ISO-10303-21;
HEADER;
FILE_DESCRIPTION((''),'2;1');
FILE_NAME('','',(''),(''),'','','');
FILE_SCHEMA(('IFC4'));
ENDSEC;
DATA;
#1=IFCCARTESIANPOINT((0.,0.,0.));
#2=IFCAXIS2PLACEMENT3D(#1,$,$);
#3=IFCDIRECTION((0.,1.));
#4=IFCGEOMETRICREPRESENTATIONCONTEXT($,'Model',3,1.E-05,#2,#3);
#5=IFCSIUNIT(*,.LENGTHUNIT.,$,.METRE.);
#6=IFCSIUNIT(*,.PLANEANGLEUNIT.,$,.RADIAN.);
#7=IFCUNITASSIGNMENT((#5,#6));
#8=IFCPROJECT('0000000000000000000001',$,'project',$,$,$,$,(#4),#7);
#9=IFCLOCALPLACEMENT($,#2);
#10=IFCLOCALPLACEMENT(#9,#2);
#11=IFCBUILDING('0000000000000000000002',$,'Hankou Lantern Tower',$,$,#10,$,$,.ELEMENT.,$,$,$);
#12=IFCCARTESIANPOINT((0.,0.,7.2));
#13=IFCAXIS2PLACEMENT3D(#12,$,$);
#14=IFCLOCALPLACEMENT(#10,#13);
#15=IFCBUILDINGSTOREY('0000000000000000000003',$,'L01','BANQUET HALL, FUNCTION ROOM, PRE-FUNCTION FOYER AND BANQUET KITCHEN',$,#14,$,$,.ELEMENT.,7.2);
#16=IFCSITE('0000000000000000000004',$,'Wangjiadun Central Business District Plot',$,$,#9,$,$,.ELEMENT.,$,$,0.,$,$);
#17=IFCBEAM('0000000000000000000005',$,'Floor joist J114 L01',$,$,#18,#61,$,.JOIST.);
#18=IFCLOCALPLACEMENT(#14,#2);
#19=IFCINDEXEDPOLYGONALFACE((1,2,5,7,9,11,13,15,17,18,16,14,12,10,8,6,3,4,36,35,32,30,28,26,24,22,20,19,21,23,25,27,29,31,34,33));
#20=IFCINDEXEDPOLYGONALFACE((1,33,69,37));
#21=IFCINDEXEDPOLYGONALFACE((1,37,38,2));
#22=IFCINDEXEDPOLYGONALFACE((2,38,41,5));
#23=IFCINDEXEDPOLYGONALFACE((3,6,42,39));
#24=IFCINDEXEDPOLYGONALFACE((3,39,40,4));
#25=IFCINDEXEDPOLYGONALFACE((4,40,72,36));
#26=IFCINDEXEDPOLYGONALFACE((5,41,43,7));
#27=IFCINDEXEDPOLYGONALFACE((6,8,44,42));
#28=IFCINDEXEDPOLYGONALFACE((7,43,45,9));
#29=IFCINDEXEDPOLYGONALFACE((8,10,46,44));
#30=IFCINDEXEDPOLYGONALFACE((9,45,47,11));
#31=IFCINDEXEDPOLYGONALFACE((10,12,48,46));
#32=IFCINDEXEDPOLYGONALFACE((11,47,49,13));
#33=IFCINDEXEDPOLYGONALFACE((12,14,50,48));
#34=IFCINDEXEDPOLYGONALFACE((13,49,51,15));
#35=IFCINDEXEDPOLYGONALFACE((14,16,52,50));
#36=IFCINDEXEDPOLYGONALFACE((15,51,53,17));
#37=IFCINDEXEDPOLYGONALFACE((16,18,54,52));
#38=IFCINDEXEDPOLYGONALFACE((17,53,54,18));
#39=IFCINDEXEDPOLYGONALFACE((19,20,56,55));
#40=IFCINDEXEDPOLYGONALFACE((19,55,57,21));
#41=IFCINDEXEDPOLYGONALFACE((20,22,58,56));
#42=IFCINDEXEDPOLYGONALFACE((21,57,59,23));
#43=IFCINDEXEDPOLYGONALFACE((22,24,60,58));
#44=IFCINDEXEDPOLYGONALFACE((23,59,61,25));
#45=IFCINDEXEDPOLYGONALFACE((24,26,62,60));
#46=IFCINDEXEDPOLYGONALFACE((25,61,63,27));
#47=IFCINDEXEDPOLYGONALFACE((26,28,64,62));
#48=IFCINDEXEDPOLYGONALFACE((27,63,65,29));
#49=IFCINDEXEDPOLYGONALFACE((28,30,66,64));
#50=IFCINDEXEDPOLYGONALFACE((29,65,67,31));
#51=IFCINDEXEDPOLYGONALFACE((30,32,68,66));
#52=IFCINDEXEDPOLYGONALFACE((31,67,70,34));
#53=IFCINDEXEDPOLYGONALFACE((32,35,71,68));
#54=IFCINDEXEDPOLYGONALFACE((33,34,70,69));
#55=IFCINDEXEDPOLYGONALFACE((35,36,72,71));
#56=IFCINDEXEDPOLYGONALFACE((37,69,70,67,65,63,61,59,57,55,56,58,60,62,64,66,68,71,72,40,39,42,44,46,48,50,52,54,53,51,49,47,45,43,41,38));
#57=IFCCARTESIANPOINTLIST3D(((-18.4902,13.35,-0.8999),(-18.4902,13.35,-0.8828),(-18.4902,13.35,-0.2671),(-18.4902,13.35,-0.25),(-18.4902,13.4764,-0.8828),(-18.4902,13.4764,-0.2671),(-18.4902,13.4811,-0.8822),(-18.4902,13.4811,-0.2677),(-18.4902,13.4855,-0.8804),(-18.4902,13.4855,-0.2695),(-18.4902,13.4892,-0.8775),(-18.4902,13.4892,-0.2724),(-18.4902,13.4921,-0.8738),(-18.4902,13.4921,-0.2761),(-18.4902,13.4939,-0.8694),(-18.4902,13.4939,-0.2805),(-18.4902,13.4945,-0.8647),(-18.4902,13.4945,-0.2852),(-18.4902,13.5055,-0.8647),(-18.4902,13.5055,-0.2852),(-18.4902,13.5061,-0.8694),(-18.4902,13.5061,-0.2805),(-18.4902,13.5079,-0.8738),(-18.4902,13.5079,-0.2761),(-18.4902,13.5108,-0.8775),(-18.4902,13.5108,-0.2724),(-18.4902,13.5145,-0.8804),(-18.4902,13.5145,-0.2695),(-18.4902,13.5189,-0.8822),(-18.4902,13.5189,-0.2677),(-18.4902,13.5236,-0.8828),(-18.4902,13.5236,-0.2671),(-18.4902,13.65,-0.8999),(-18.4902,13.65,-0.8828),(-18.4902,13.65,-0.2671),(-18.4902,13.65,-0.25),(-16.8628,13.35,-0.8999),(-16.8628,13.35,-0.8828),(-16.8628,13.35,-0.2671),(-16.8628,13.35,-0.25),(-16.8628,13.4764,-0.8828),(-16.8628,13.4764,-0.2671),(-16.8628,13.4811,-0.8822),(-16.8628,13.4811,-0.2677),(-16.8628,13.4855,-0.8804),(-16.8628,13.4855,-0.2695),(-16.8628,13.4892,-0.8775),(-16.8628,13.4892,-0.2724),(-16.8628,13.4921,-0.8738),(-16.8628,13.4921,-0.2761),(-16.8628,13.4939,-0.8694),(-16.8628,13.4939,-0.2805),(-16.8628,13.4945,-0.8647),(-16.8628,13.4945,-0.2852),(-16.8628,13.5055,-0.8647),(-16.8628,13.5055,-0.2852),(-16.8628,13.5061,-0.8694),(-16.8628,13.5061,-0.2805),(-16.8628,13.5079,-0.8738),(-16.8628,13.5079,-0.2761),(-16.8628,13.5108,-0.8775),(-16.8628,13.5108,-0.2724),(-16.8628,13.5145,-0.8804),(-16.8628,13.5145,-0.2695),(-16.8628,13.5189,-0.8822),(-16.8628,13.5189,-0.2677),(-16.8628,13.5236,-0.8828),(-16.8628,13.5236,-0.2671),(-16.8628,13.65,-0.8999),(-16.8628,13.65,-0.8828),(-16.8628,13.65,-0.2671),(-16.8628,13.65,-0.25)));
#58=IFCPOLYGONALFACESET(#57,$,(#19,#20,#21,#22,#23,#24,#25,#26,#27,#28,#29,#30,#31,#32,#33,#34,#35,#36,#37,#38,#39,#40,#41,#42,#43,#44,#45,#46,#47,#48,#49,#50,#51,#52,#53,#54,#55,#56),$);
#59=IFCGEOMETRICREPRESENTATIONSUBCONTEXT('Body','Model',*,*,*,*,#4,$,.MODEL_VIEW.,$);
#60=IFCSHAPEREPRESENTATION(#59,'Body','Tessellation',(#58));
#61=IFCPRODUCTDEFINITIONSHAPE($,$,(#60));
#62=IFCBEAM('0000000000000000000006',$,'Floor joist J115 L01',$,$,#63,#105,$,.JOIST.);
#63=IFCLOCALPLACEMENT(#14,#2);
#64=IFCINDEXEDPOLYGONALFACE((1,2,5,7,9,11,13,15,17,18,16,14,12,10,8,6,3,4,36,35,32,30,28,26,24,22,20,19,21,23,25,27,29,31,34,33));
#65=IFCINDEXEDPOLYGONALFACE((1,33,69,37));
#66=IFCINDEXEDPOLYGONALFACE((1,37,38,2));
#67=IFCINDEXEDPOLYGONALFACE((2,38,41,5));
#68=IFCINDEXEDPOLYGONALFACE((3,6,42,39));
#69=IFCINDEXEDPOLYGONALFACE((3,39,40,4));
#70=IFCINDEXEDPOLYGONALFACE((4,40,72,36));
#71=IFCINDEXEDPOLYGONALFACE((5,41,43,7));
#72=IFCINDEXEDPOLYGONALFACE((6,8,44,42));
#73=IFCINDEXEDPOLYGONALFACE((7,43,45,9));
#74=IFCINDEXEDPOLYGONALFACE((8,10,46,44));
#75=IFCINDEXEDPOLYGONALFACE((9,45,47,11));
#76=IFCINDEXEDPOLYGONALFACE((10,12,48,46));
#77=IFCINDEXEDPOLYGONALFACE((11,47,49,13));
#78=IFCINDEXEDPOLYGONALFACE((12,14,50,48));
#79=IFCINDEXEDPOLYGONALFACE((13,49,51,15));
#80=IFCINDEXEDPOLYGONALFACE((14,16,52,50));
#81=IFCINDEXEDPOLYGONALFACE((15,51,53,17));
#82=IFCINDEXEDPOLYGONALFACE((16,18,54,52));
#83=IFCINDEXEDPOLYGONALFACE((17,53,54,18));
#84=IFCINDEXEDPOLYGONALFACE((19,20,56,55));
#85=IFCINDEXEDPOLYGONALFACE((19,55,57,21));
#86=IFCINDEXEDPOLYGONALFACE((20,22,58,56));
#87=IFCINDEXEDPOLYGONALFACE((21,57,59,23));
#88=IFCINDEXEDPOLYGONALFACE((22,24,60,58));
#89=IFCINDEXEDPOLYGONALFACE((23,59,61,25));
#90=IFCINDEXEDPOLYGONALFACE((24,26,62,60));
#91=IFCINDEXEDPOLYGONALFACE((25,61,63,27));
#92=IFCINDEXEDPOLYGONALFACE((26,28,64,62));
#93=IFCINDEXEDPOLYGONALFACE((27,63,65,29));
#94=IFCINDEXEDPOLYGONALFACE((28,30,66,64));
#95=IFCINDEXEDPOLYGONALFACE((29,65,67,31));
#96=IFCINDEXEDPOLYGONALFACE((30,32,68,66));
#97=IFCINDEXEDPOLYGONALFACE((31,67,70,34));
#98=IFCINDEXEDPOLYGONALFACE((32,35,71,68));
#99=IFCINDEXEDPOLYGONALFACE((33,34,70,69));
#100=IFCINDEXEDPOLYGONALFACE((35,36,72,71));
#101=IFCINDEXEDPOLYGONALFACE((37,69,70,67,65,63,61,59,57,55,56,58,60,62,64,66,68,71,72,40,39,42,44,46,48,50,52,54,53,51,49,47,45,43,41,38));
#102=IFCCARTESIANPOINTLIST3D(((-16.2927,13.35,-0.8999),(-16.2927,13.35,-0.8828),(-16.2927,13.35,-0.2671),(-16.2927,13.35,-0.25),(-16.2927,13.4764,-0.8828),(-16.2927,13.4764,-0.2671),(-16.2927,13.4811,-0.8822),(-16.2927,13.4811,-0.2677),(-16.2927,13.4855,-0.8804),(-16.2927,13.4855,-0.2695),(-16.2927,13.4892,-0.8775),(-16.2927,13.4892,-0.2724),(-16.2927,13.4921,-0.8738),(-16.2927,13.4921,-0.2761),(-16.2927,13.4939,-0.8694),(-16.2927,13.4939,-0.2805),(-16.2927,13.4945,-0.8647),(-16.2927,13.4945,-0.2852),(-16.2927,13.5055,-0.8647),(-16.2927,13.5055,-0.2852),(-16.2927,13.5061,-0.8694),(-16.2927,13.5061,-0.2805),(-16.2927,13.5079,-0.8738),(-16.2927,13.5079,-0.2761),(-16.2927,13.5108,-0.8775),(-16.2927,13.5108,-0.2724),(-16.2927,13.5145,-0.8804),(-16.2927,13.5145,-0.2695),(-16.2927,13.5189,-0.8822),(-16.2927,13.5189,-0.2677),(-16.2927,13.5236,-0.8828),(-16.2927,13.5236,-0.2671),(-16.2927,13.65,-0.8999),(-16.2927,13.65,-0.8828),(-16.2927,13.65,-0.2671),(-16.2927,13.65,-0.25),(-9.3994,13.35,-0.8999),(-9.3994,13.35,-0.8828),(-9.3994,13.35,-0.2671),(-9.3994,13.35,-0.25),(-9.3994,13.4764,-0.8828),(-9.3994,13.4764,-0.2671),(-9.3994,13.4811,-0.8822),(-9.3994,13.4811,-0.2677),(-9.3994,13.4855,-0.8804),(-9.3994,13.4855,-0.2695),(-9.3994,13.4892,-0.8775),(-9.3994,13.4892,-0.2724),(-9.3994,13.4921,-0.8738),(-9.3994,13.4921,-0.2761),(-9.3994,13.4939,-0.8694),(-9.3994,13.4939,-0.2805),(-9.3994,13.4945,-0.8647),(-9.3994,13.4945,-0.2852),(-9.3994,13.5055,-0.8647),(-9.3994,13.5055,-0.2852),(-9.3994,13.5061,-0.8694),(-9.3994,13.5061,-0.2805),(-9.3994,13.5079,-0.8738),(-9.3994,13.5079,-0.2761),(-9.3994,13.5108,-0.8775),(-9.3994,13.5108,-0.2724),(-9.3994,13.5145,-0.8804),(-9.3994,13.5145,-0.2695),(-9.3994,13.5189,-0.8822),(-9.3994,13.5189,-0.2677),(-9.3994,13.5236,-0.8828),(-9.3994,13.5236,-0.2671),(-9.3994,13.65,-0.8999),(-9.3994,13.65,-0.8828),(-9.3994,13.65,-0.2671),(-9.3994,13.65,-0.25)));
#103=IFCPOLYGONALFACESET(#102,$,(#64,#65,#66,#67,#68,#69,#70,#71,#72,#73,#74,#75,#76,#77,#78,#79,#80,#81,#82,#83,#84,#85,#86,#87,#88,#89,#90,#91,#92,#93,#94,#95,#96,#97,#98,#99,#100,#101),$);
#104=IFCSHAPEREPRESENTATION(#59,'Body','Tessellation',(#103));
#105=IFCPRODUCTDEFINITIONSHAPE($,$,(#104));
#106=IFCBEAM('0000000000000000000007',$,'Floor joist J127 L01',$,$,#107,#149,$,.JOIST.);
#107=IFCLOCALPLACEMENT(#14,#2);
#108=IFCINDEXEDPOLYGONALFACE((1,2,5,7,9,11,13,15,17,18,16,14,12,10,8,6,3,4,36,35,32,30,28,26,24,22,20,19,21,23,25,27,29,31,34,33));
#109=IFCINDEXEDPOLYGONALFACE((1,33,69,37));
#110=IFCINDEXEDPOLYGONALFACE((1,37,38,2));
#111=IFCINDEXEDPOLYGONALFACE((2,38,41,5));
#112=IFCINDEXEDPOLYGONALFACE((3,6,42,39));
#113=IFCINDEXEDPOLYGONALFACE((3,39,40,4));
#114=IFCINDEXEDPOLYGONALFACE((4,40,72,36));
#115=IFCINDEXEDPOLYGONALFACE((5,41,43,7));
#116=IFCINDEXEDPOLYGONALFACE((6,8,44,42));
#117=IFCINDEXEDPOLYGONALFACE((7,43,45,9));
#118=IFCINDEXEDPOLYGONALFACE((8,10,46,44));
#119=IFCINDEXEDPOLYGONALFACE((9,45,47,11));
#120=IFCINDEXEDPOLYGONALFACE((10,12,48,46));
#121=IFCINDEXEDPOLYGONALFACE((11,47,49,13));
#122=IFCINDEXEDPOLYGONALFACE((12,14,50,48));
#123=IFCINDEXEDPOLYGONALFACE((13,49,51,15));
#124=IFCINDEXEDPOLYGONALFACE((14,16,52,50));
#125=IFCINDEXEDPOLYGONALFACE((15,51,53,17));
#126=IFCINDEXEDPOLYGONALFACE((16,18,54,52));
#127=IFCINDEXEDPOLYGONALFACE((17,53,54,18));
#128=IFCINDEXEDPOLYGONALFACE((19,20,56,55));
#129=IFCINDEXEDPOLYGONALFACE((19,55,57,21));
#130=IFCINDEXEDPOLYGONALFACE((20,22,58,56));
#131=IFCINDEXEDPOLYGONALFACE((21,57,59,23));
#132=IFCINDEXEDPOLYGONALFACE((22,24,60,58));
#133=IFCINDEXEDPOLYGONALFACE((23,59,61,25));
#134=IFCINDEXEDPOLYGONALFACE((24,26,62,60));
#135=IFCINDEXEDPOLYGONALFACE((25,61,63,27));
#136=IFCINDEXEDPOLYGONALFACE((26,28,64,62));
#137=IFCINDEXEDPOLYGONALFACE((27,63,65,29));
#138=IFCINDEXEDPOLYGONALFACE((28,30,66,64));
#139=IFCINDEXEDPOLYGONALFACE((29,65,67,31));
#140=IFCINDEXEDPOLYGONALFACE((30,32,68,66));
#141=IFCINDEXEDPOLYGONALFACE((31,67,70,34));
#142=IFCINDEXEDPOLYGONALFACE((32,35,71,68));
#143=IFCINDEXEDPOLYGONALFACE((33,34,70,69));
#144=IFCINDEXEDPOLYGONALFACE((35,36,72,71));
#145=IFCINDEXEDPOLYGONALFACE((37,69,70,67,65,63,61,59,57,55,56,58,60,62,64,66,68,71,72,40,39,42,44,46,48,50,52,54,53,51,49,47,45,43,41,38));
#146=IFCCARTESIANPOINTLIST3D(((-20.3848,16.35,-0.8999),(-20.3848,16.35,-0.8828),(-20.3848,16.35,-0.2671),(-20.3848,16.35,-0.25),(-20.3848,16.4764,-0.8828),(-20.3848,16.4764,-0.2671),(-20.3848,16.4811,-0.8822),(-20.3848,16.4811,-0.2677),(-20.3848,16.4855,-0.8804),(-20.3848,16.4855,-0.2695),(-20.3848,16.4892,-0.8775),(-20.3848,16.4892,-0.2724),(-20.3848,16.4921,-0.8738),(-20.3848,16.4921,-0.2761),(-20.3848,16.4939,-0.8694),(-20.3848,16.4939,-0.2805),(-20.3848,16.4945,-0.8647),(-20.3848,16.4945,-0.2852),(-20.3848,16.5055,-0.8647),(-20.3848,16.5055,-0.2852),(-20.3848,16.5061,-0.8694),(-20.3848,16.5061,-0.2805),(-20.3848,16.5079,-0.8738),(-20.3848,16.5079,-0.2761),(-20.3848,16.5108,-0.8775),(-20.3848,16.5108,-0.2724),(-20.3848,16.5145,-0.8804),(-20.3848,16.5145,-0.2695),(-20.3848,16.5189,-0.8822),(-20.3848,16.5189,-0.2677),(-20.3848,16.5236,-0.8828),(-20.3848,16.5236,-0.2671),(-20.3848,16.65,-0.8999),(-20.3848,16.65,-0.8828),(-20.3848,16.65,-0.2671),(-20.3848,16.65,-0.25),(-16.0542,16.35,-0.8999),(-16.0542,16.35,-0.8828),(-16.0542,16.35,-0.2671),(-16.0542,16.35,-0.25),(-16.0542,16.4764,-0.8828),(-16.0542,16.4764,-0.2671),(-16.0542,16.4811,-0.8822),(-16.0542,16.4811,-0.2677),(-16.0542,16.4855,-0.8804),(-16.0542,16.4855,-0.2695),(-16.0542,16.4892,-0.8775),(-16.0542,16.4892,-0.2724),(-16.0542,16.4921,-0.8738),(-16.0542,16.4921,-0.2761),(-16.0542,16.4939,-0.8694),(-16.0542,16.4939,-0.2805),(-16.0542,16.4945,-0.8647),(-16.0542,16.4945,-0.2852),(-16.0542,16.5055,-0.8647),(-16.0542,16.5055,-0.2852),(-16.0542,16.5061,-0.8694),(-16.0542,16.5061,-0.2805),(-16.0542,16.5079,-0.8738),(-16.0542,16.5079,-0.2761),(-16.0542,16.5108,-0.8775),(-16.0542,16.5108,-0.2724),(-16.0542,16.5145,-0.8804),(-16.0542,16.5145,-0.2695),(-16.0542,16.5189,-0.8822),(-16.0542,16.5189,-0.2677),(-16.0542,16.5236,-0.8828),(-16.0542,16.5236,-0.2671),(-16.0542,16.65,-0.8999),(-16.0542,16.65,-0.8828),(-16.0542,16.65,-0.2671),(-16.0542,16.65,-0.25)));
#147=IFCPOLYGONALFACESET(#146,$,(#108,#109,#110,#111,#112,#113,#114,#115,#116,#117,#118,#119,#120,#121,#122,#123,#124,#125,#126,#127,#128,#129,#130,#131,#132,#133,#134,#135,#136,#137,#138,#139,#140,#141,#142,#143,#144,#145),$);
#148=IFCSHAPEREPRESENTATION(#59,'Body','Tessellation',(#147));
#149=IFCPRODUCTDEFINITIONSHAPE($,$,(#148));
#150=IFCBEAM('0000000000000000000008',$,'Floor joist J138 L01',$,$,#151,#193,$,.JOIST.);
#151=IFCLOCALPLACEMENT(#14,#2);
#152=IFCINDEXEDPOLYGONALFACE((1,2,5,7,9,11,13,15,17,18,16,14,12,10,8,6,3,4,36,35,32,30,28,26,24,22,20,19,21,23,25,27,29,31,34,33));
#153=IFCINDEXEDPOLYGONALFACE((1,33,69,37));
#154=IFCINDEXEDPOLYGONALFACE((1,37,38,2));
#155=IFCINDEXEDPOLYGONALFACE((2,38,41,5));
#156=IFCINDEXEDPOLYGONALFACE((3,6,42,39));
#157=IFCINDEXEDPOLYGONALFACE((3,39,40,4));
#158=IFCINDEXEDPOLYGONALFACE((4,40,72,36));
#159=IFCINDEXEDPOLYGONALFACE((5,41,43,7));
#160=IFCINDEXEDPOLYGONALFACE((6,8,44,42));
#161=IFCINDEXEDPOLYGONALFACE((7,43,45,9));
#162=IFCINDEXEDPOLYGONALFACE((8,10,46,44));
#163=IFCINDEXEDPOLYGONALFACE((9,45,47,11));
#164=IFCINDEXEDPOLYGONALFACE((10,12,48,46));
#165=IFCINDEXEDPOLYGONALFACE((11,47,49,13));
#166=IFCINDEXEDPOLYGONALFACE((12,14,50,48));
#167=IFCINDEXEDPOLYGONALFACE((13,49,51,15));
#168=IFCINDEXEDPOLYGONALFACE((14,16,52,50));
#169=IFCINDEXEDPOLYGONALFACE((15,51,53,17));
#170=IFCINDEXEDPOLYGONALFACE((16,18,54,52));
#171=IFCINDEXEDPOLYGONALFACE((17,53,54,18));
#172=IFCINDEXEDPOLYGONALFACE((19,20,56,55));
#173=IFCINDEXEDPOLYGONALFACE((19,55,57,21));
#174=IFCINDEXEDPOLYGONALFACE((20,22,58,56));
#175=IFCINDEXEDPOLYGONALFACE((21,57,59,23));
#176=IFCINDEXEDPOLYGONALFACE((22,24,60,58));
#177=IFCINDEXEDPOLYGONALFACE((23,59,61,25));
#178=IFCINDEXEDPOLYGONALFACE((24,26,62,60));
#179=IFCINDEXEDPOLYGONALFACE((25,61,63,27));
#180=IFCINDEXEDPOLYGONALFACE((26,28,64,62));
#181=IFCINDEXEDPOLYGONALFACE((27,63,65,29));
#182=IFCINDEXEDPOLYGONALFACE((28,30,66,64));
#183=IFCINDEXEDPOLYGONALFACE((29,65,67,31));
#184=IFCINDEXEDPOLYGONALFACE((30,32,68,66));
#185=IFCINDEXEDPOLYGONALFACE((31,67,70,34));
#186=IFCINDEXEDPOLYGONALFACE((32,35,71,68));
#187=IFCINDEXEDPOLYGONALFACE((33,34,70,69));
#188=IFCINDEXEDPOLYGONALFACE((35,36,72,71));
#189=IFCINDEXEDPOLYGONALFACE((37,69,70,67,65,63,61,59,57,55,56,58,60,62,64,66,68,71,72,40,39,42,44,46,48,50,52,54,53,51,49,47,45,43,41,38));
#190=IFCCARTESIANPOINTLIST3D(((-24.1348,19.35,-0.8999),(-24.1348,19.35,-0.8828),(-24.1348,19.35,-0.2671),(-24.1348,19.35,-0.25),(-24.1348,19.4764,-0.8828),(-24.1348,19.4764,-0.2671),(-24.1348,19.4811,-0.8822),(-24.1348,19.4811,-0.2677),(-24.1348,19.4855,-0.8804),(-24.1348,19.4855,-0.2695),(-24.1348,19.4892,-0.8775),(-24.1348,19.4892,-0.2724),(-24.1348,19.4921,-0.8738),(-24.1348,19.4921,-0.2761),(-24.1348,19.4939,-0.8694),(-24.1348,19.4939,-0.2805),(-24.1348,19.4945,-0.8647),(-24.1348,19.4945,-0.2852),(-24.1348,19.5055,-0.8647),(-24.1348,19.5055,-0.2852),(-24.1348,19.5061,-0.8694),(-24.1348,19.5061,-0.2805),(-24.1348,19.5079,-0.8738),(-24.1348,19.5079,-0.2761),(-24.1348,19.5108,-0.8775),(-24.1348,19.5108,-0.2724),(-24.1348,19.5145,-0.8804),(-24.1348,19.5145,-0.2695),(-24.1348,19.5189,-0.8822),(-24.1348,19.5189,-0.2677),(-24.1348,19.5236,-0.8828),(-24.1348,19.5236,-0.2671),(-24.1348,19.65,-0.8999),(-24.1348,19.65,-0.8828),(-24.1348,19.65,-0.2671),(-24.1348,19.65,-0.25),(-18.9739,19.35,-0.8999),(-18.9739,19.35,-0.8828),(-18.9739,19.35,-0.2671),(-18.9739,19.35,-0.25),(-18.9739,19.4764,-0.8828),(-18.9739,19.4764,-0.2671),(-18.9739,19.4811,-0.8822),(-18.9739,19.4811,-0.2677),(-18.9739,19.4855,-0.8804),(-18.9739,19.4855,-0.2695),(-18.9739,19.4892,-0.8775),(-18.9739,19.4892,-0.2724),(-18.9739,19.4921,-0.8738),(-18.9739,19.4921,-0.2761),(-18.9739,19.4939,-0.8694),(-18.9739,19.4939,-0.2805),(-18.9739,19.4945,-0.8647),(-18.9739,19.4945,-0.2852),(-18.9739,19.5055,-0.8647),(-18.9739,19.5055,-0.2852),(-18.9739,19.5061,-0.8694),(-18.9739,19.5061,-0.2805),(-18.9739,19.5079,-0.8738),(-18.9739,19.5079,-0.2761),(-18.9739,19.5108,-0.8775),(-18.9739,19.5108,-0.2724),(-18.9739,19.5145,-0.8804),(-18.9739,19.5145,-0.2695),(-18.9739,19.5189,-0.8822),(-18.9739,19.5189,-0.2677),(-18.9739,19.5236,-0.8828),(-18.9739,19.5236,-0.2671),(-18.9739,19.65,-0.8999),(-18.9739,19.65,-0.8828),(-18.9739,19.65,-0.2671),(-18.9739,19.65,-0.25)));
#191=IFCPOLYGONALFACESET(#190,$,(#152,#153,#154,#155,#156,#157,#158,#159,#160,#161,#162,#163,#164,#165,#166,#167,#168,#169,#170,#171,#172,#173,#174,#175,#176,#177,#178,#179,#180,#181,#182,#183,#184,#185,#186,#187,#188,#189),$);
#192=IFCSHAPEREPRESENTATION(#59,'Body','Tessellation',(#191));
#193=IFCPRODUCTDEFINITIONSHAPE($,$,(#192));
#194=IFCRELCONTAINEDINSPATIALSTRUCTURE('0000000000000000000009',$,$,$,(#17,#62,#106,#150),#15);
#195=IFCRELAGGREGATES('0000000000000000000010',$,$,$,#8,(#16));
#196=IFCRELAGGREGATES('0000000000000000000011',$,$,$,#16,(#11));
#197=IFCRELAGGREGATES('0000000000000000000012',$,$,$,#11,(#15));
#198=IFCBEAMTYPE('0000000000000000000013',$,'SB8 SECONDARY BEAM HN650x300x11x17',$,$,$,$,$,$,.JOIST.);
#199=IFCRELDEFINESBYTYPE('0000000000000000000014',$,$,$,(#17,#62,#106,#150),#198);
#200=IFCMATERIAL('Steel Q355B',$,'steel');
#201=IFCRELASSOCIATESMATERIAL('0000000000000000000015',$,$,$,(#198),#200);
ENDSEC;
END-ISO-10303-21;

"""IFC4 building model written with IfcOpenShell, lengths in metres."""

from ifc_helpers import new_model, si_unit, direction, frame, origin, origin_2d, place, context, subcontext, project, spatial, i_section, extrude, material, material_profile, profile_set, type_object, element, save


model = new_model("IFC4")

# Units and contexts
model_context = context("Model", 3, precision=1e-05, world=origin(), true_north=direction((0.0, 1.0)))
body_context = subcontext(model_context, "Body", "Model", "MODEL_VIEW")
ifc_project = project(units=[si_unit("LENGTHUNIT", "METRE"), si_unit("PLANEANGLEUNIT", "RADIAN")], contexts=[model_context])

# Site, building, storey
site_placement = place(None, origin())
site = spatial("IfcSite", under=ifc_project, at=site_placement, Name="Wangjiadun Central Business District Plot", CompositionType="ELEMENT", RefElevation=0.0)
building_placement = place(site_placement, origin())
building = spatial("IfcBuilding", under=site, at=building_placement, Name="Hankou Lantern Tower", CompositionType="ELEMENT")
storey_placement = place(building_placement, frame((0.0, 0.0, 7.2)))
storey = spatial("IfcBuildingStorey", under=building, at=storey_placement, Name="L01", Description="BANQUET HALL, FUNCTION ROOM, PRE-FUNCTION FOYER AND BANQUET KITCHEN", CompositionType="ELEMENT", Elevation=7.2)

# Beams
ifc_material_1 = material(Name="Steel Q355B", Category="steel")
ifc_material_profile_1 = material_profile(ifc_material_1, i_section(OverallWidth=0.3, OverallDepth=0.6499, WebThickness=0.011, FlangeThickness=0.0171, FilletRadius=0.0181, at=origin_2d()), Name="HN650x300x11x17")
ifc_profile_set_1 = profile_set([ifc_material_profile_1], Name="Steel Q355B")
beam_type_1 = type_object("IfcBeamType", Name="SB8 SECONDARY BEAM HN650x300x11x17", PredefinedType="JOIST", material=ifc_profile_set_1)
beam_1_placement = place(storey_placement, frame((-18.4902, 13.5, -0.575), z_axis=(1.0, 0.0, 0.0), x_axis=(0.0, 1.0, 0.0)))
element("IfcBeam", 1, at=beam_1_placement, inside=storey, type_object=beam_type_1, Name="Floor joist J114 L01", PredefinedType="JOIST", context=body_context, shape_type="SweptSolid", body=[
    extrude(i_section(OverallWidth=0.3, OverallDepth=0.6499, WebThickness=0.011, FlangeThickness=0.0171, FilletRadius=0.0181, at=origin_2d()), origin(), (0.0, 0.0, 1.0), 1.6274),
])
beam_2_placement = place(storey_placement, frame((-16.2927, 13.5, -0.575), z_axis=(1.0, 0.0, 0.0), x_axis=(0.0, 1.0, 0.0)))
element("IfcBeam", 2, at=beam_2_placement, inside=storey, type_object=beam_type_1, Name="Floor joist J115 L01", PredefinedType="JOIST", context=body_context, shape_type="SweptSolid", body=[
    extrude(i_section(OverallWidth=0.3, OverallDepth=0.6499, WebThickness=0.011, FlangeThickness=0.0171, FilletRadius=0.0181, at=origin_2d()), origin(), (0.0, 0.0, 1.0), 6.8933),
])
beam_3_placement = place(storey_placement, frame((-20.3848, 16.5, -0.575), z_axis=(1.0, 0.0, 0.0), x_axis=(0.0, 1.0, 0.0)))
element("IfcBeam", 3, at=beam_3_placement, inside=storey, type_object=beam_type_1, Name="Floor joist J127 L01", PredefinedType="JOIST", context=body_context, shape_type="SweptSolid", body=[
    extrude(i_section(OverallWidth=0.3, OverallDepth=0.6499, WebThickness=0.011, FlangeThickness=0.0171, FilletRadius=0.0181, at=origin_2d()), origin(), (0.0, 0.0, 1.0), 4.3306),
])
beam_4_placement = place(storey_placement, frame((-24.1348, 19.5, -0.575), z_axis=(1.0, 0.0, 0.0), x_axis=(0.0, 1.0, 0.0)))
element("IfcBeam", 4, at=beam_4_placement, inside=storey, type_object=beam_type_1, Name="Floor joist J138 L01", PredefinedType="JOIST", context=body_context, shape_type="SweptSolid", body=[
    extrude(i_section(OverallWidth=0.3, OverallDepth=0.6499, WebThickness=0.011, FlangeThickness=0.0171, FilletRadius=0.0181, at=origin_2d()), origin(), (0.0, 0.0, 1.0), 5.1609),
])

save(model, "model.ifc")
